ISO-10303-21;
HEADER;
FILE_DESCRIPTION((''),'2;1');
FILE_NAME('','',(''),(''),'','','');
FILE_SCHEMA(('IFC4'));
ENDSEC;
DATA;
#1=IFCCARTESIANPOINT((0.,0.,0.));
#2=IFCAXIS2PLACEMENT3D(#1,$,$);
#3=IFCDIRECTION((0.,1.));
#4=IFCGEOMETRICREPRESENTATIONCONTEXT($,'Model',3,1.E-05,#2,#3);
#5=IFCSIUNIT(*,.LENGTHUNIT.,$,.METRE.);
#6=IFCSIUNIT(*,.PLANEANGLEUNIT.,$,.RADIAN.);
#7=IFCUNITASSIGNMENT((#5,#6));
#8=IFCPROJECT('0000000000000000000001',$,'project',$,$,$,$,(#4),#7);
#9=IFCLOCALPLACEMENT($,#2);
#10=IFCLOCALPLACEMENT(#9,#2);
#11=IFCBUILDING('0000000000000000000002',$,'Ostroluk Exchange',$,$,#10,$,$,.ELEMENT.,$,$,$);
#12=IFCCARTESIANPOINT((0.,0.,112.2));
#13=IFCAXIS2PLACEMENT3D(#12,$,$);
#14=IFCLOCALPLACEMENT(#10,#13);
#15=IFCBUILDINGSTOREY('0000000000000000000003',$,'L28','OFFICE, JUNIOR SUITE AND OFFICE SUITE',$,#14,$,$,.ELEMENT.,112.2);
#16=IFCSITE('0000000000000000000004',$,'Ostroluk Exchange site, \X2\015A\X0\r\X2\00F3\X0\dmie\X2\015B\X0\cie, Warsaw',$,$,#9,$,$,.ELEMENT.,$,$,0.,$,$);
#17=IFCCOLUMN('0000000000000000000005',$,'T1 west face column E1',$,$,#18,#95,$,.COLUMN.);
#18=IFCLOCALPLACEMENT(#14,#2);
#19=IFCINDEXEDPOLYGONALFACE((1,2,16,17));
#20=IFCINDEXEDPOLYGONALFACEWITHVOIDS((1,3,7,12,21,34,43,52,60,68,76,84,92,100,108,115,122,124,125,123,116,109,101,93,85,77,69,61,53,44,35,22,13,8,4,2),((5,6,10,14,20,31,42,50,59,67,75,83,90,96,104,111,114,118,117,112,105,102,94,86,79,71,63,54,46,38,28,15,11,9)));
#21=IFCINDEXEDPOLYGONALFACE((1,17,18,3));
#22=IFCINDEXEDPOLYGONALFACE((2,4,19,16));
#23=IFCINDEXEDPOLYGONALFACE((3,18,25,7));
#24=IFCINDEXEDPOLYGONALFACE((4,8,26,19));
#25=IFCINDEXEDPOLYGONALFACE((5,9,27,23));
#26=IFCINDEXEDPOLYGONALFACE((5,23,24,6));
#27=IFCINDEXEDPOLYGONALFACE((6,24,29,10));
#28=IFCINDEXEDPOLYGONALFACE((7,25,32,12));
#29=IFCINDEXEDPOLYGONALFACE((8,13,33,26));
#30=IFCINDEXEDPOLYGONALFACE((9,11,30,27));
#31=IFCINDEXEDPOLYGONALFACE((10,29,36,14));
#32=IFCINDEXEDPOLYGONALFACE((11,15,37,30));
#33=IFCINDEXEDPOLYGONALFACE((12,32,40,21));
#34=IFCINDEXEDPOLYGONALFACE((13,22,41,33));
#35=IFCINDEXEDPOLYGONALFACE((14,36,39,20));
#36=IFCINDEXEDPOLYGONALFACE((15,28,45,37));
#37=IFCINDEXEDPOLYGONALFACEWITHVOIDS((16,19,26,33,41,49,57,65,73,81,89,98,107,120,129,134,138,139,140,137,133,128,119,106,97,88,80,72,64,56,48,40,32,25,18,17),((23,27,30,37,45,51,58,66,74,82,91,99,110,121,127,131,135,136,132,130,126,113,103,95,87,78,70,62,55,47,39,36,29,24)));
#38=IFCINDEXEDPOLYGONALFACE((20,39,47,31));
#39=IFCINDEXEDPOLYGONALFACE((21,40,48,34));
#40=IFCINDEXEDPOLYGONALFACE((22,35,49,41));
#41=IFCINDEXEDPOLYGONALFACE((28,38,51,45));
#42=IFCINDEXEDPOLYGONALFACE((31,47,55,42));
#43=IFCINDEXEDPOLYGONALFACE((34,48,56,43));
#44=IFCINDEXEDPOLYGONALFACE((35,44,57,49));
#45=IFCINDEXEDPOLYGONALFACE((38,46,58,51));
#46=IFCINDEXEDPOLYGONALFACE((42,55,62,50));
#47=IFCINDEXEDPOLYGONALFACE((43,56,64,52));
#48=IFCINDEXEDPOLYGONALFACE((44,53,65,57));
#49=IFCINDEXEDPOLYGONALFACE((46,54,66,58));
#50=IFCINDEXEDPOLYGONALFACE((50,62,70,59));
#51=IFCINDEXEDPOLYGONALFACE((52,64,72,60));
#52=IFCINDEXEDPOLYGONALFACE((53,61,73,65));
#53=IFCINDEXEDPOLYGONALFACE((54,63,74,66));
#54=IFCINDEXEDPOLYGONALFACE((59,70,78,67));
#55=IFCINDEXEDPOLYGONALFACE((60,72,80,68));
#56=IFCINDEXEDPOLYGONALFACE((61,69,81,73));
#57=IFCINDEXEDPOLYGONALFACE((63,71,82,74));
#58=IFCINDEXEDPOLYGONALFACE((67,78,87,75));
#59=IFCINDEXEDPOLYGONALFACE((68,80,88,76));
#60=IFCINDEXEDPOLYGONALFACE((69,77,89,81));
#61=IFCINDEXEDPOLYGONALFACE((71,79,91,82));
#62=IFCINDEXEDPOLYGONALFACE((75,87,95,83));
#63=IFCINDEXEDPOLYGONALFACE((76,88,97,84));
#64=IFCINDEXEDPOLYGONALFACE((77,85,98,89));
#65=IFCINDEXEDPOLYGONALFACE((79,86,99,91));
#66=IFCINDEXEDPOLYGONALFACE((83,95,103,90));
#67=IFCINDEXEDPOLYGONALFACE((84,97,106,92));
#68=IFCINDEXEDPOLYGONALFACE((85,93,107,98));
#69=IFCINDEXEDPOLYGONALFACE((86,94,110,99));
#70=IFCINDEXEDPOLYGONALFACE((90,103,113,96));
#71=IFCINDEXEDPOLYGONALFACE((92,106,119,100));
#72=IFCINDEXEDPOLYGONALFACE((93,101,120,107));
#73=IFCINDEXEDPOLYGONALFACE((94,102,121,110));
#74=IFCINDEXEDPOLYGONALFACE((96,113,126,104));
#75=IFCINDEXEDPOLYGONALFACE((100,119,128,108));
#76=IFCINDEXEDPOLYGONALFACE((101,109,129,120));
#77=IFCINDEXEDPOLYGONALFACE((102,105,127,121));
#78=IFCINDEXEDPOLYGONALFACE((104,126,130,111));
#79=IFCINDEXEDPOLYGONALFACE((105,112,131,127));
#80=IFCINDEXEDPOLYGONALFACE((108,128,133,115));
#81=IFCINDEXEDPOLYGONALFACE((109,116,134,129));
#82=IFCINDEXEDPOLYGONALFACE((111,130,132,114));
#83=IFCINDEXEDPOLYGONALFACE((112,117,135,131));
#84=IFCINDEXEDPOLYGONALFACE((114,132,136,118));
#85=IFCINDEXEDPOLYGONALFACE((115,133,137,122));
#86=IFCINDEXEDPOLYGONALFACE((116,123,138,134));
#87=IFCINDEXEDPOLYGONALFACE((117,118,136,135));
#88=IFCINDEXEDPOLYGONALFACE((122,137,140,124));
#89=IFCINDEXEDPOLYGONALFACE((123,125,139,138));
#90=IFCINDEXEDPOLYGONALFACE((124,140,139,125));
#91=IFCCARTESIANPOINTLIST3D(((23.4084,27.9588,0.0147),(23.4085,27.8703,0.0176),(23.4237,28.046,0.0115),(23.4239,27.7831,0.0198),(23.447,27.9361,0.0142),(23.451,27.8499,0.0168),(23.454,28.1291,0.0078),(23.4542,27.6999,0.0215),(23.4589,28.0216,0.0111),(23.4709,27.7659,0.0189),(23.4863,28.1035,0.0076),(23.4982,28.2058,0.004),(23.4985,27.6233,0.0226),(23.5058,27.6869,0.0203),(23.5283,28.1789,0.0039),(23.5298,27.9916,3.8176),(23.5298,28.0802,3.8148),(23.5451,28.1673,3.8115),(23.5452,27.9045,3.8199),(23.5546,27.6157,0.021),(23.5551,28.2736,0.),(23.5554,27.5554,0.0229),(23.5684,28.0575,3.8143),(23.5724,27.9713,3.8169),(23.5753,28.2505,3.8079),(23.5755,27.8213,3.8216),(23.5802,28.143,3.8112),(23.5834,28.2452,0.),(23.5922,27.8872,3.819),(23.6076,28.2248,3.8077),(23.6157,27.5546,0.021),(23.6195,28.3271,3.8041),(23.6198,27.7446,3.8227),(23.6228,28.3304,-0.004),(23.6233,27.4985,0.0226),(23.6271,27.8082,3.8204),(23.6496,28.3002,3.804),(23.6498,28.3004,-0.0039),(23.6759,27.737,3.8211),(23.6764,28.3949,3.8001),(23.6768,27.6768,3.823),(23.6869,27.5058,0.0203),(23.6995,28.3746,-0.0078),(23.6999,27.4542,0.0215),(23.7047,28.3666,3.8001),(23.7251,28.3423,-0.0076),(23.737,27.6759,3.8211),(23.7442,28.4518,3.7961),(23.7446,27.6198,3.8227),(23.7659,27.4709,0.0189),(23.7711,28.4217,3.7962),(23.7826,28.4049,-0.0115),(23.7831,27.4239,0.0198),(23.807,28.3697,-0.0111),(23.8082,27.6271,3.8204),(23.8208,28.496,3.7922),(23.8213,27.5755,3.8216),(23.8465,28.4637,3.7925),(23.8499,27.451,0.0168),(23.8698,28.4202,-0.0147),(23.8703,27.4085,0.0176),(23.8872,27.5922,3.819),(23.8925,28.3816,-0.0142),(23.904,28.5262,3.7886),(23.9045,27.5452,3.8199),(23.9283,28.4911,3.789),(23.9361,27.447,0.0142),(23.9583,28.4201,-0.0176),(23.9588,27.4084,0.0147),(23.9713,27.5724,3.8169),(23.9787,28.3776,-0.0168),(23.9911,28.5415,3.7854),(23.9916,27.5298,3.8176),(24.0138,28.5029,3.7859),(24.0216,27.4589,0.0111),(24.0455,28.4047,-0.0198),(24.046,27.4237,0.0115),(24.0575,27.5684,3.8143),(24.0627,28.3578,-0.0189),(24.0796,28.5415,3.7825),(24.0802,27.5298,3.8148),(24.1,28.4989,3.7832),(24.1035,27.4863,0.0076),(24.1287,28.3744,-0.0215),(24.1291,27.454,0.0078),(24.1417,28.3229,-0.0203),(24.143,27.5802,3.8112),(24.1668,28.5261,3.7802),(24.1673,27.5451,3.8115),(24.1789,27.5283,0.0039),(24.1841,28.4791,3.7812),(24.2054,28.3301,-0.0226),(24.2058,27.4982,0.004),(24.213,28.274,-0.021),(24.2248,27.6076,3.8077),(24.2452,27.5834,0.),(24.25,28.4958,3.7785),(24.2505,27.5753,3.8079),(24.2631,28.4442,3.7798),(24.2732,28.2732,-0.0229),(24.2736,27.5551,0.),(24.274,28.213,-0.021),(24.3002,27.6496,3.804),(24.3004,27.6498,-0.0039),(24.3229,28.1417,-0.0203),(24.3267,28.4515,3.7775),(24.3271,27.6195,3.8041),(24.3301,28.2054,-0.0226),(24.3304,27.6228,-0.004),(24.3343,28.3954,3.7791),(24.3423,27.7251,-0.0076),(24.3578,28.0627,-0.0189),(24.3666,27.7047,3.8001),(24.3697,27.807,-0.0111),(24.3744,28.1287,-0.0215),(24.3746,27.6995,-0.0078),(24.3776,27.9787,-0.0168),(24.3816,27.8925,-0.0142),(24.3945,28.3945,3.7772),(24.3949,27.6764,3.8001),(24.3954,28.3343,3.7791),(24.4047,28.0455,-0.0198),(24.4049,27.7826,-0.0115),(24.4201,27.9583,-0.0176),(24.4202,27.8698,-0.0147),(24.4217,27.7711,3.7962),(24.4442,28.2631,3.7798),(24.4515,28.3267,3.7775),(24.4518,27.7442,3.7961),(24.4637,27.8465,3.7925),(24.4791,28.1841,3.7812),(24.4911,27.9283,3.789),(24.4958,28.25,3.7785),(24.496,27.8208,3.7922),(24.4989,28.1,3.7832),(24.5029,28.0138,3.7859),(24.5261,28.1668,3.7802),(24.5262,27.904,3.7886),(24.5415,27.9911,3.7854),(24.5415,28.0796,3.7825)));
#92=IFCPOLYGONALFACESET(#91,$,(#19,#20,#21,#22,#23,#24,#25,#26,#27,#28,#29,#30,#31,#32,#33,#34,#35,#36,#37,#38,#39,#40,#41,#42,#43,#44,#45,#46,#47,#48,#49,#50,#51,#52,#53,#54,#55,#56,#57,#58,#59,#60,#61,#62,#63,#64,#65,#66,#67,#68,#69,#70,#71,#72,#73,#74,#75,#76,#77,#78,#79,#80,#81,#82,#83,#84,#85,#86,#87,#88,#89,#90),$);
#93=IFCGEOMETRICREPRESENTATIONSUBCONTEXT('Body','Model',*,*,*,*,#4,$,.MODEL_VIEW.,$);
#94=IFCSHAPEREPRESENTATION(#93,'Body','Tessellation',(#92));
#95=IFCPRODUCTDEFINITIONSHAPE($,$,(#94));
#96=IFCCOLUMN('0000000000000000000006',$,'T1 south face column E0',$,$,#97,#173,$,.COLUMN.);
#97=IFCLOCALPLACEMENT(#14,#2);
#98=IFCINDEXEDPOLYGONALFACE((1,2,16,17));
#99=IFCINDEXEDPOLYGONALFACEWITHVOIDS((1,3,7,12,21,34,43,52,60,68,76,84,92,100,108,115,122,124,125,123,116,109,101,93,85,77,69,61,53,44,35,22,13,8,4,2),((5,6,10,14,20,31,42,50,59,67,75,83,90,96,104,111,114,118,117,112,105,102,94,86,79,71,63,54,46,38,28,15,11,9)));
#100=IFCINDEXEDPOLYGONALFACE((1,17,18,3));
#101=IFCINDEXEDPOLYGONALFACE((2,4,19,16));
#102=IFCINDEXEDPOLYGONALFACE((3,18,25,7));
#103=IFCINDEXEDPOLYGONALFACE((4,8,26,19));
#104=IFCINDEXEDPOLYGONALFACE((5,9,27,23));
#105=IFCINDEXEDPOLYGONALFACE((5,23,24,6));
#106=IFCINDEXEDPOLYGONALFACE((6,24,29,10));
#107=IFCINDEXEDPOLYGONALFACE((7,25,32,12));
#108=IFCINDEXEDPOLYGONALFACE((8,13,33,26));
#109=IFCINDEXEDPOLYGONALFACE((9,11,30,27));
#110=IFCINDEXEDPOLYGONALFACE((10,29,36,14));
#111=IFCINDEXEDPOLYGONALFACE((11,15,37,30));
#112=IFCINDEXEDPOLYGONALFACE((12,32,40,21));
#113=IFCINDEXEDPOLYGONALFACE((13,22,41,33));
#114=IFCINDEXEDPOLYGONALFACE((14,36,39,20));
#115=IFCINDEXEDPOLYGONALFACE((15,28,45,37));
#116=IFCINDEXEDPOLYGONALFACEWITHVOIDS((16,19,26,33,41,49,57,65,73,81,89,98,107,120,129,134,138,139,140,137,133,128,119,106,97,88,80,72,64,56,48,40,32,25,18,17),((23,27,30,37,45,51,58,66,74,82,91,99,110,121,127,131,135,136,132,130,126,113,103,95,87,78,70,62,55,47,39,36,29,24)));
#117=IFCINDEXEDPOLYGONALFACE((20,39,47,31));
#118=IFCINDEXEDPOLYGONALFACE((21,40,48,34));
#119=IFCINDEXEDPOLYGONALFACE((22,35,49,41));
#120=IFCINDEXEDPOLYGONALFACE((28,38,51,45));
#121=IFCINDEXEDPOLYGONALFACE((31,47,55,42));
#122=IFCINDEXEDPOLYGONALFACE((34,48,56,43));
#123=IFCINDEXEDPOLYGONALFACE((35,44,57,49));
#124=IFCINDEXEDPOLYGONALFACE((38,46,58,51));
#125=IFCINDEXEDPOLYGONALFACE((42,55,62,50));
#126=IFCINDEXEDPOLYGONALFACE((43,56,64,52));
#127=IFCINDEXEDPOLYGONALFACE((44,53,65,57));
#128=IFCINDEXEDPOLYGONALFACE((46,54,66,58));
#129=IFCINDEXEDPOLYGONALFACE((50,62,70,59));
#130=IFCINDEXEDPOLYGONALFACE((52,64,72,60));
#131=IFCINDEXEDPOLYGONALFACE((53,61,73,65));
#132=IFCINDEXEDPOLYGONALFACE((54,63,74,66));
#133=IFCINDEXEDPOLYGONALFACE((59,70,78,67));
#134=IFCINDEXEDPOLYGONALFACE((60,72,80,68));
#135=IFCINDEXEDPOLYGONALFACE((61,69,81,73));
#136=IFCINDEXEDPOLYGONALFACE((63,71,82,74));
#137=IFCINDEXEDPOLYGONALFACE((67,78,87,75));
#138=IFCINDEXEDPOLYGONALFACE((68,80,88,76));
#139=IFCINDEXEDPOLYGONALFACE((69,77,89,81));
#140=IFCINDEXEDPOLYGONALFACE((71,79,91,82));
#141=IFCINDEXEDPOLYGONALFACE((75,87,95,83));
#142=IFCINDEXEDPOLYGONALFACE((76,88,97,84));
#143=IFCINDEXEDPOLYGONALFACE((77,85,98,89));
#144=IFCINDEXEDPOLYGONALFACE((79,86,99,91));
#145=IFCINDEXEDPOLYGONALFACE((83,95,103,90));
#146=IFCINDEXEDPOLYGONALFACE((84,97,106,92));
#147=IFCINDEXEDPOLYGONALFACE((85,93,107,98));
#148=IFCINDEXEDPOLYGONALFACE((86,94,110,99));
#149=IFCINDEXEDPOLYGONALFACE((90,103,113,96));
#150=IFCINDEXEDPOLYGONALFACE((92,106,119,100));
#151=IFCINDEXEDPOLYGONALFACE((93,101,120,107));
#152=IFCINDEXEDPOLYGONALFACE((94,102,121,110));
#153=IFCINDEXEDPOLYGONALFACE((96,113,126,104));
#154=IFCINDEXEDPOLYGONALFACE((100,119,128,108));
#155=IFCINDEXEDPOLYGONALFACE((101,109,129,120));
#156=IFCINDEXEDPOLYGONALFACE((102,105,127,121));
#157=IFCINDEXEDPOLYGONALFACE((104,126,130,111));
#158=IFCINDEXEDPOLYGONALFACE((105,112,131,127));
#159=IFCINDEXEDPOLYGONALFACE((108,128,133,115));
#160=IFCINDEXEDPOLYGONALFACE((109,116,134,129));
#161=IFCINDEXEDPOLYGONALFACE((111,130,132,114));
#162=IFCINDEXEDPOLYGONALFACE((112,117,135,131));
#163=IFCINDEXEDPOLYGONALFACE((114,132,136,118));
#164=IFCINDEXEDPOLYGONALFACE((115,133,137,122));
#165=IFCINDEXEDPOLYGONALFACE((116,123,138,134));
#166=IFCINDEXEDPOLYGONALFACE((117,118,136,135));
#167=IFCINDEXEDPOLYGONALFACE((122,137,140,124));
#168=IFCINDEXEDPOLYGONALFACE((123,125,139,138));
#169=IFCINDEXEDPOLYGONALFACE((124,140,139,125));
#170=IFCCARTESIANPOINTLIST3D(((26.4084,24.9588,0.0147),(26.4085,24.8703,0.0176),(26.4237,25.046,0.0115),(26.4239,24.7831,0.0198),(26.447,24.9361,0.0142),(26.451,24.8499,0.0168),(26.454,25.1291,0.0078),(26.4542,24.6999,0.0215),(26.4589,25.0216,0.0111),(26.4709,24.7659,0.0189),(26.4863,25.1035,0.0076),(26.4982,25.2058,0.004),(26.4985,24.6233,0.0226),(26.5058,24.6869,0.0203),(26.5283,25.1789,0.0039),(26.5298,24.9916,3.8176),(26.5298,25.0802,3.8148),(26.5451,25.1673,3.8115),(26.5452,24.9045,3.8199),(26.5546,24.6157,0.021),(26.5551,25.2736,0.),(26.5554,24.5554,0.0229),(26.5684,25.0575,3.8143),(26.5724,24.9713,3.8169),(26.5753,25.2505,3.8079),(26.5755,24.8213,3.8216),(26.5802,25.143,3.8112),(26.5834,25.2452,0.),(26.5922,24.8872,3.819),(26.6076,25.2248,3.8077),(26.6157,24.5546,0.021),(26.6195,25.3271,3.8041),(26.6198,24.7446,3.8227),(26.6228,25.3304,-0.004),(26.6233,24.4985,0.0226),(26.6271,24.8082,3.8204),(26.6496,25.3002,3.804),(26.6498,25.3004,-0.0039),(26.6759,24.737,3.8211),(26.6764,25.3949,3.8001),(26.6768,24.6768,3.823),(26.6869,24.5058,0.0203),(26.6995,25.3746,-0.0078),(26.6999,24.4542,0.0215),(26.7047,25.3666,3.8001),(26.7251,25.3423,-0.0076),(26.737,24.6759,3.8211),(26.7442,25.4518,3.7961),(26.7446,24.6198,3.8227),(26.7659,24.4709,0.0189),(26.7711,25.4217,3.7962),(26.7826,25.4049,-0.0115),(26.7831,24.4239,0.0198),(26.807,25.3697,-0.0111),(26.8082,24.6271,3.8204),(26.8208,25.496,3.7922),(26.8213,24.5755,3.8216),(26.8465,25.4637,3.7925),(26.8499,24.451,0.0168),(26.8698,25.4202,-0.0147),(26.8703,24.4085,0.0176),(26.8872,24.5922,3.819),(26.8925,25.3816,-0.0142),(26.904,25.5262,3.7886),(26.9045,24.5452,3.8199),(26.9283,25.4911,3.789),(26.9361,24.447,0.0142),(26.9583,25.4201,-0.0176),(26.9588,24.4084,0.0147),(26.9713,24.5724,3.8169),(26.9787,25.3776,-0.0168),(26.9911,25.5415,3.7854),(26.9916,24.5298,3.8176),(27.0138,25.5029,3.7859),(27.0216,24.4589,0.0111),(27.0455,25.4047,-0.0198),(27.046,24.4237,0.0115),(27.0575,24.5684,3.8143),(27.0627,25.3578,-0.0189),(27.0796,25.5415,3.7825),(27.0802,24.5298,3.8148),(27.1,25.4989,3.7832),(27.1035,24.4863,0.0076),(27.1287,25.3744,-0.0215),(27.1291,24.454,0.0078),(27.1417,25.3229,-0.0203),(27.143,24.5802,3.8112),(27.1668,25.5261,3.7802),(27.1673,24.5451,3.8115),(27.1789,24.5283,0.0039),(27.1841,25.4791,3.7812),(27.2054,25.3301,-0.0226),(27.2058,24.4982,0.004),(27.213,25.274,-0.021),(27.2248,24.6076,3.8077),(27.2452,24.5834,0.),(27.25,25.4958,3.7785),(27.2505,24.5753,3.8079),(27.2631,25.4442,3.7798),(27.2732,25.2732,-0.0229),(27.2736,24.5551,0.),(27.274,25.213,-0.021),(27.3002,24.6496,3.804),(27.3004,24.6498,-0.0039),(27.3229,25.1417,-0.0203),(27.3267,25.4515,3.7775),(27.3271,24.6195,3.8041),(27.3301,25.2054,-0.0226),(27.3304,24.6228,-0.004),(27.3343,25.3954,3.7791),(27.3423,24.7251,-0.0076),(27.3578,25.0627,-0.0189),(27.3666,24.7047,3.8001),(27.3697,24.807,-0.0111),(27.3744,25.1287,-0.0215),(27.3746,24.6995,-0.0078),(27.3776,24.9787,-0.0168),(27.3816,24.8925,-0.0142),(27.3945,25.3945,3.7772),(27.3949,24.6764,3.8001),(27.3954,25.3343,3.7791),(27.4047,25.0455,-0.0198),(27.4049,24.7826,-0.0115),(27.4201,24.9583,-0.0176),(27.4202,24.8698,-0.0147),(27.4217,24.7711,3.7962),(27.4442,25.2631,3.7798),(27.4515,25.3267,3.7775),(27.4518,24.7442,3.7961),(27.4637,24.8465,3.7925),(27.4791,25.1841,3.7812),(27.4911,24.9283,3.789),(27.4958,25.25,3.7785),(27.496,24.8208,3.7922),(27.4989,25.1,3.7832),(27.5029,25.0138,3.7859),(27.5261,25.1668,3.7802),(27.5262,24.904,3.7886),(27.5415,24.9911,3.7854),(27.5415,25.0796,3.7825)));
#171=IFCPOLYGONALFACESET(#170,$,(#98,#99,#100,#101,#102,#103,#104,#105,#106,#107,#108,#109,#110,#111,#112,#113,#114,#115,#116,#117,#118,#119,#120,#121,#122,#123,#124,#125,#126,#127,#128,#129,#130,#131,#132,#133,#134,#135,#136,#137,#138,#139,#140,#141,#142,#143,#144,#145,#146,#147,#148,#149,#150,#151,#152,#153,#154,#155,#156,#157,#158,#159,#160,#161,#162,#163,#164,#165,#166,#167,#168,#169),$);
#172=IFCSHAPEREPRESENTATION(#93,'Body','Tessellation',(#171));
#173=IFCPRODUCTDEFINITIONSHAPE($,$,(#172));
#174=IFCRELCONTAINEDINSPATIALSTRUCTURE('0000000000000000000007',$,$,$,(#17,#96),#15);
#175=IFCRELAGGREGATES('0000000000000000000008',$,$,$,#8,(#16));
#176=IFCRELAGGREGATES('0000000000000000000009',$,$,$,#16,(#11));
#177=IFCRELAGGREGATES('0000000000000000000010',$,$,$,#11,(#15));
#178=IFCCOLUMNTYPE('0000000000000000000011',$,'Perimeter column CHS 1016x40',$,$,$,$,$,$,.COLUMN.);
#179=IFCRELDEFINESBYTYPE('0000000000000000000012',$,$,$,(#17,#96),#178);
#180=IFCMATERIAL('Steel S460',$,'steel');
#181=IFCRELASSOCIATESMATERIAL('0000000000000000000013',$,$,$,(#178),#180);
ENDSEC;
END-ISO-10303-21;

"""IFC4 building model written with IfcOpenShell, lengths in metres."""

from ifc_helpers import new_model, si_unit, direction, frame, origin, origin_2d, place, context, subcontext, project, spatial, hollow_circle, extrude, material, material_profile, profile_set, type_object, element, save


model = new_model("IFC4")

# Units and contexts
model_context = context("Model", 3, precision=1e-05, world=origin(), true_north=direction((0.0, 1.0)))
body_context = subcontext(model_context, "Body", "Model", "MODEL_VIEW")
ifc_project = project(units=[si_unit("LENGTHUNIT", "METRE"), si_unit("PLANEANGLEUNIT", "RADIAN")], contexts=[model_context])

# Site, building, storey
site_placement = place(None, origin())
site = spatial("IfcSite", under=ifc_project, at=site_placement, Name="Ostroluk Exchange site, Śródmieście, Warsaw", CompositionType="ELEMENT", RefElevation=0.0)
building_placement = place(site_placement, origin())
building = spatial("IfcBuilding", under=site, at=building_placement, Name="Ostroluk Exchange", CompositionType="ELEMENT")
storey_placement = place(building_placement, frame((0.0, 0.0, 112.2)))
storey = spatial("IfcBuildingStorey", under=building, at=storey_placement, Name="L28", Description="OFFICE, JUNIOR SUITE AND OFFICE SUITE", CompositionType="ELEMENT", Elevation=112.2)

# Columns
ifc_material_1 = material(Name="Steel S460", Category="steel")
ifc_material_profile_1 = material_profile(ifc_material_1, hollow_circle(Radius=0.5081, WallThickness=0.04, at=origin_2d()), Name="CHS 1016x40")
ifc_profile_set_1 = profile_set([ifc_material_profile_1], Name="Steel S460")
column_type = type_object("IfcColumnType", Name="Perimeter column CHS 1016x40", PredefinedType="COLUMN", material=ifc_profile_set_1)
for number, where, z_axis, x_axis, name in (
    (1, (23.9143, 27.9143, 0.0), (0.031898, 0.031898, 0.998982), (-0.707107, 0.707107, 0.0), "T1 west face column E1"),
    (2, (26.9143, 24.9143, 0.0), (0.031898, 0.031898, 0.998982), (-0.707107, 0.707107, 0.0), "T1 south face column E0"),
):
    element("IfcColumn", number, at=place(storey_placement, frame(where, z_axis=z_axis, x_axis=x_axis)), inside=storey, type_object=column_type, Name=name, PredefinedType="COLUMN", context=body_context, shape_type="SweptSolid", body=[
        extrude(hollow_circle(Radius=0.5081, WallThickness=0.04, at=origin_2d()), origin(), (0.0, 0.0, 1.0), 3.804),
    ])

save(model, "model.ifc")
